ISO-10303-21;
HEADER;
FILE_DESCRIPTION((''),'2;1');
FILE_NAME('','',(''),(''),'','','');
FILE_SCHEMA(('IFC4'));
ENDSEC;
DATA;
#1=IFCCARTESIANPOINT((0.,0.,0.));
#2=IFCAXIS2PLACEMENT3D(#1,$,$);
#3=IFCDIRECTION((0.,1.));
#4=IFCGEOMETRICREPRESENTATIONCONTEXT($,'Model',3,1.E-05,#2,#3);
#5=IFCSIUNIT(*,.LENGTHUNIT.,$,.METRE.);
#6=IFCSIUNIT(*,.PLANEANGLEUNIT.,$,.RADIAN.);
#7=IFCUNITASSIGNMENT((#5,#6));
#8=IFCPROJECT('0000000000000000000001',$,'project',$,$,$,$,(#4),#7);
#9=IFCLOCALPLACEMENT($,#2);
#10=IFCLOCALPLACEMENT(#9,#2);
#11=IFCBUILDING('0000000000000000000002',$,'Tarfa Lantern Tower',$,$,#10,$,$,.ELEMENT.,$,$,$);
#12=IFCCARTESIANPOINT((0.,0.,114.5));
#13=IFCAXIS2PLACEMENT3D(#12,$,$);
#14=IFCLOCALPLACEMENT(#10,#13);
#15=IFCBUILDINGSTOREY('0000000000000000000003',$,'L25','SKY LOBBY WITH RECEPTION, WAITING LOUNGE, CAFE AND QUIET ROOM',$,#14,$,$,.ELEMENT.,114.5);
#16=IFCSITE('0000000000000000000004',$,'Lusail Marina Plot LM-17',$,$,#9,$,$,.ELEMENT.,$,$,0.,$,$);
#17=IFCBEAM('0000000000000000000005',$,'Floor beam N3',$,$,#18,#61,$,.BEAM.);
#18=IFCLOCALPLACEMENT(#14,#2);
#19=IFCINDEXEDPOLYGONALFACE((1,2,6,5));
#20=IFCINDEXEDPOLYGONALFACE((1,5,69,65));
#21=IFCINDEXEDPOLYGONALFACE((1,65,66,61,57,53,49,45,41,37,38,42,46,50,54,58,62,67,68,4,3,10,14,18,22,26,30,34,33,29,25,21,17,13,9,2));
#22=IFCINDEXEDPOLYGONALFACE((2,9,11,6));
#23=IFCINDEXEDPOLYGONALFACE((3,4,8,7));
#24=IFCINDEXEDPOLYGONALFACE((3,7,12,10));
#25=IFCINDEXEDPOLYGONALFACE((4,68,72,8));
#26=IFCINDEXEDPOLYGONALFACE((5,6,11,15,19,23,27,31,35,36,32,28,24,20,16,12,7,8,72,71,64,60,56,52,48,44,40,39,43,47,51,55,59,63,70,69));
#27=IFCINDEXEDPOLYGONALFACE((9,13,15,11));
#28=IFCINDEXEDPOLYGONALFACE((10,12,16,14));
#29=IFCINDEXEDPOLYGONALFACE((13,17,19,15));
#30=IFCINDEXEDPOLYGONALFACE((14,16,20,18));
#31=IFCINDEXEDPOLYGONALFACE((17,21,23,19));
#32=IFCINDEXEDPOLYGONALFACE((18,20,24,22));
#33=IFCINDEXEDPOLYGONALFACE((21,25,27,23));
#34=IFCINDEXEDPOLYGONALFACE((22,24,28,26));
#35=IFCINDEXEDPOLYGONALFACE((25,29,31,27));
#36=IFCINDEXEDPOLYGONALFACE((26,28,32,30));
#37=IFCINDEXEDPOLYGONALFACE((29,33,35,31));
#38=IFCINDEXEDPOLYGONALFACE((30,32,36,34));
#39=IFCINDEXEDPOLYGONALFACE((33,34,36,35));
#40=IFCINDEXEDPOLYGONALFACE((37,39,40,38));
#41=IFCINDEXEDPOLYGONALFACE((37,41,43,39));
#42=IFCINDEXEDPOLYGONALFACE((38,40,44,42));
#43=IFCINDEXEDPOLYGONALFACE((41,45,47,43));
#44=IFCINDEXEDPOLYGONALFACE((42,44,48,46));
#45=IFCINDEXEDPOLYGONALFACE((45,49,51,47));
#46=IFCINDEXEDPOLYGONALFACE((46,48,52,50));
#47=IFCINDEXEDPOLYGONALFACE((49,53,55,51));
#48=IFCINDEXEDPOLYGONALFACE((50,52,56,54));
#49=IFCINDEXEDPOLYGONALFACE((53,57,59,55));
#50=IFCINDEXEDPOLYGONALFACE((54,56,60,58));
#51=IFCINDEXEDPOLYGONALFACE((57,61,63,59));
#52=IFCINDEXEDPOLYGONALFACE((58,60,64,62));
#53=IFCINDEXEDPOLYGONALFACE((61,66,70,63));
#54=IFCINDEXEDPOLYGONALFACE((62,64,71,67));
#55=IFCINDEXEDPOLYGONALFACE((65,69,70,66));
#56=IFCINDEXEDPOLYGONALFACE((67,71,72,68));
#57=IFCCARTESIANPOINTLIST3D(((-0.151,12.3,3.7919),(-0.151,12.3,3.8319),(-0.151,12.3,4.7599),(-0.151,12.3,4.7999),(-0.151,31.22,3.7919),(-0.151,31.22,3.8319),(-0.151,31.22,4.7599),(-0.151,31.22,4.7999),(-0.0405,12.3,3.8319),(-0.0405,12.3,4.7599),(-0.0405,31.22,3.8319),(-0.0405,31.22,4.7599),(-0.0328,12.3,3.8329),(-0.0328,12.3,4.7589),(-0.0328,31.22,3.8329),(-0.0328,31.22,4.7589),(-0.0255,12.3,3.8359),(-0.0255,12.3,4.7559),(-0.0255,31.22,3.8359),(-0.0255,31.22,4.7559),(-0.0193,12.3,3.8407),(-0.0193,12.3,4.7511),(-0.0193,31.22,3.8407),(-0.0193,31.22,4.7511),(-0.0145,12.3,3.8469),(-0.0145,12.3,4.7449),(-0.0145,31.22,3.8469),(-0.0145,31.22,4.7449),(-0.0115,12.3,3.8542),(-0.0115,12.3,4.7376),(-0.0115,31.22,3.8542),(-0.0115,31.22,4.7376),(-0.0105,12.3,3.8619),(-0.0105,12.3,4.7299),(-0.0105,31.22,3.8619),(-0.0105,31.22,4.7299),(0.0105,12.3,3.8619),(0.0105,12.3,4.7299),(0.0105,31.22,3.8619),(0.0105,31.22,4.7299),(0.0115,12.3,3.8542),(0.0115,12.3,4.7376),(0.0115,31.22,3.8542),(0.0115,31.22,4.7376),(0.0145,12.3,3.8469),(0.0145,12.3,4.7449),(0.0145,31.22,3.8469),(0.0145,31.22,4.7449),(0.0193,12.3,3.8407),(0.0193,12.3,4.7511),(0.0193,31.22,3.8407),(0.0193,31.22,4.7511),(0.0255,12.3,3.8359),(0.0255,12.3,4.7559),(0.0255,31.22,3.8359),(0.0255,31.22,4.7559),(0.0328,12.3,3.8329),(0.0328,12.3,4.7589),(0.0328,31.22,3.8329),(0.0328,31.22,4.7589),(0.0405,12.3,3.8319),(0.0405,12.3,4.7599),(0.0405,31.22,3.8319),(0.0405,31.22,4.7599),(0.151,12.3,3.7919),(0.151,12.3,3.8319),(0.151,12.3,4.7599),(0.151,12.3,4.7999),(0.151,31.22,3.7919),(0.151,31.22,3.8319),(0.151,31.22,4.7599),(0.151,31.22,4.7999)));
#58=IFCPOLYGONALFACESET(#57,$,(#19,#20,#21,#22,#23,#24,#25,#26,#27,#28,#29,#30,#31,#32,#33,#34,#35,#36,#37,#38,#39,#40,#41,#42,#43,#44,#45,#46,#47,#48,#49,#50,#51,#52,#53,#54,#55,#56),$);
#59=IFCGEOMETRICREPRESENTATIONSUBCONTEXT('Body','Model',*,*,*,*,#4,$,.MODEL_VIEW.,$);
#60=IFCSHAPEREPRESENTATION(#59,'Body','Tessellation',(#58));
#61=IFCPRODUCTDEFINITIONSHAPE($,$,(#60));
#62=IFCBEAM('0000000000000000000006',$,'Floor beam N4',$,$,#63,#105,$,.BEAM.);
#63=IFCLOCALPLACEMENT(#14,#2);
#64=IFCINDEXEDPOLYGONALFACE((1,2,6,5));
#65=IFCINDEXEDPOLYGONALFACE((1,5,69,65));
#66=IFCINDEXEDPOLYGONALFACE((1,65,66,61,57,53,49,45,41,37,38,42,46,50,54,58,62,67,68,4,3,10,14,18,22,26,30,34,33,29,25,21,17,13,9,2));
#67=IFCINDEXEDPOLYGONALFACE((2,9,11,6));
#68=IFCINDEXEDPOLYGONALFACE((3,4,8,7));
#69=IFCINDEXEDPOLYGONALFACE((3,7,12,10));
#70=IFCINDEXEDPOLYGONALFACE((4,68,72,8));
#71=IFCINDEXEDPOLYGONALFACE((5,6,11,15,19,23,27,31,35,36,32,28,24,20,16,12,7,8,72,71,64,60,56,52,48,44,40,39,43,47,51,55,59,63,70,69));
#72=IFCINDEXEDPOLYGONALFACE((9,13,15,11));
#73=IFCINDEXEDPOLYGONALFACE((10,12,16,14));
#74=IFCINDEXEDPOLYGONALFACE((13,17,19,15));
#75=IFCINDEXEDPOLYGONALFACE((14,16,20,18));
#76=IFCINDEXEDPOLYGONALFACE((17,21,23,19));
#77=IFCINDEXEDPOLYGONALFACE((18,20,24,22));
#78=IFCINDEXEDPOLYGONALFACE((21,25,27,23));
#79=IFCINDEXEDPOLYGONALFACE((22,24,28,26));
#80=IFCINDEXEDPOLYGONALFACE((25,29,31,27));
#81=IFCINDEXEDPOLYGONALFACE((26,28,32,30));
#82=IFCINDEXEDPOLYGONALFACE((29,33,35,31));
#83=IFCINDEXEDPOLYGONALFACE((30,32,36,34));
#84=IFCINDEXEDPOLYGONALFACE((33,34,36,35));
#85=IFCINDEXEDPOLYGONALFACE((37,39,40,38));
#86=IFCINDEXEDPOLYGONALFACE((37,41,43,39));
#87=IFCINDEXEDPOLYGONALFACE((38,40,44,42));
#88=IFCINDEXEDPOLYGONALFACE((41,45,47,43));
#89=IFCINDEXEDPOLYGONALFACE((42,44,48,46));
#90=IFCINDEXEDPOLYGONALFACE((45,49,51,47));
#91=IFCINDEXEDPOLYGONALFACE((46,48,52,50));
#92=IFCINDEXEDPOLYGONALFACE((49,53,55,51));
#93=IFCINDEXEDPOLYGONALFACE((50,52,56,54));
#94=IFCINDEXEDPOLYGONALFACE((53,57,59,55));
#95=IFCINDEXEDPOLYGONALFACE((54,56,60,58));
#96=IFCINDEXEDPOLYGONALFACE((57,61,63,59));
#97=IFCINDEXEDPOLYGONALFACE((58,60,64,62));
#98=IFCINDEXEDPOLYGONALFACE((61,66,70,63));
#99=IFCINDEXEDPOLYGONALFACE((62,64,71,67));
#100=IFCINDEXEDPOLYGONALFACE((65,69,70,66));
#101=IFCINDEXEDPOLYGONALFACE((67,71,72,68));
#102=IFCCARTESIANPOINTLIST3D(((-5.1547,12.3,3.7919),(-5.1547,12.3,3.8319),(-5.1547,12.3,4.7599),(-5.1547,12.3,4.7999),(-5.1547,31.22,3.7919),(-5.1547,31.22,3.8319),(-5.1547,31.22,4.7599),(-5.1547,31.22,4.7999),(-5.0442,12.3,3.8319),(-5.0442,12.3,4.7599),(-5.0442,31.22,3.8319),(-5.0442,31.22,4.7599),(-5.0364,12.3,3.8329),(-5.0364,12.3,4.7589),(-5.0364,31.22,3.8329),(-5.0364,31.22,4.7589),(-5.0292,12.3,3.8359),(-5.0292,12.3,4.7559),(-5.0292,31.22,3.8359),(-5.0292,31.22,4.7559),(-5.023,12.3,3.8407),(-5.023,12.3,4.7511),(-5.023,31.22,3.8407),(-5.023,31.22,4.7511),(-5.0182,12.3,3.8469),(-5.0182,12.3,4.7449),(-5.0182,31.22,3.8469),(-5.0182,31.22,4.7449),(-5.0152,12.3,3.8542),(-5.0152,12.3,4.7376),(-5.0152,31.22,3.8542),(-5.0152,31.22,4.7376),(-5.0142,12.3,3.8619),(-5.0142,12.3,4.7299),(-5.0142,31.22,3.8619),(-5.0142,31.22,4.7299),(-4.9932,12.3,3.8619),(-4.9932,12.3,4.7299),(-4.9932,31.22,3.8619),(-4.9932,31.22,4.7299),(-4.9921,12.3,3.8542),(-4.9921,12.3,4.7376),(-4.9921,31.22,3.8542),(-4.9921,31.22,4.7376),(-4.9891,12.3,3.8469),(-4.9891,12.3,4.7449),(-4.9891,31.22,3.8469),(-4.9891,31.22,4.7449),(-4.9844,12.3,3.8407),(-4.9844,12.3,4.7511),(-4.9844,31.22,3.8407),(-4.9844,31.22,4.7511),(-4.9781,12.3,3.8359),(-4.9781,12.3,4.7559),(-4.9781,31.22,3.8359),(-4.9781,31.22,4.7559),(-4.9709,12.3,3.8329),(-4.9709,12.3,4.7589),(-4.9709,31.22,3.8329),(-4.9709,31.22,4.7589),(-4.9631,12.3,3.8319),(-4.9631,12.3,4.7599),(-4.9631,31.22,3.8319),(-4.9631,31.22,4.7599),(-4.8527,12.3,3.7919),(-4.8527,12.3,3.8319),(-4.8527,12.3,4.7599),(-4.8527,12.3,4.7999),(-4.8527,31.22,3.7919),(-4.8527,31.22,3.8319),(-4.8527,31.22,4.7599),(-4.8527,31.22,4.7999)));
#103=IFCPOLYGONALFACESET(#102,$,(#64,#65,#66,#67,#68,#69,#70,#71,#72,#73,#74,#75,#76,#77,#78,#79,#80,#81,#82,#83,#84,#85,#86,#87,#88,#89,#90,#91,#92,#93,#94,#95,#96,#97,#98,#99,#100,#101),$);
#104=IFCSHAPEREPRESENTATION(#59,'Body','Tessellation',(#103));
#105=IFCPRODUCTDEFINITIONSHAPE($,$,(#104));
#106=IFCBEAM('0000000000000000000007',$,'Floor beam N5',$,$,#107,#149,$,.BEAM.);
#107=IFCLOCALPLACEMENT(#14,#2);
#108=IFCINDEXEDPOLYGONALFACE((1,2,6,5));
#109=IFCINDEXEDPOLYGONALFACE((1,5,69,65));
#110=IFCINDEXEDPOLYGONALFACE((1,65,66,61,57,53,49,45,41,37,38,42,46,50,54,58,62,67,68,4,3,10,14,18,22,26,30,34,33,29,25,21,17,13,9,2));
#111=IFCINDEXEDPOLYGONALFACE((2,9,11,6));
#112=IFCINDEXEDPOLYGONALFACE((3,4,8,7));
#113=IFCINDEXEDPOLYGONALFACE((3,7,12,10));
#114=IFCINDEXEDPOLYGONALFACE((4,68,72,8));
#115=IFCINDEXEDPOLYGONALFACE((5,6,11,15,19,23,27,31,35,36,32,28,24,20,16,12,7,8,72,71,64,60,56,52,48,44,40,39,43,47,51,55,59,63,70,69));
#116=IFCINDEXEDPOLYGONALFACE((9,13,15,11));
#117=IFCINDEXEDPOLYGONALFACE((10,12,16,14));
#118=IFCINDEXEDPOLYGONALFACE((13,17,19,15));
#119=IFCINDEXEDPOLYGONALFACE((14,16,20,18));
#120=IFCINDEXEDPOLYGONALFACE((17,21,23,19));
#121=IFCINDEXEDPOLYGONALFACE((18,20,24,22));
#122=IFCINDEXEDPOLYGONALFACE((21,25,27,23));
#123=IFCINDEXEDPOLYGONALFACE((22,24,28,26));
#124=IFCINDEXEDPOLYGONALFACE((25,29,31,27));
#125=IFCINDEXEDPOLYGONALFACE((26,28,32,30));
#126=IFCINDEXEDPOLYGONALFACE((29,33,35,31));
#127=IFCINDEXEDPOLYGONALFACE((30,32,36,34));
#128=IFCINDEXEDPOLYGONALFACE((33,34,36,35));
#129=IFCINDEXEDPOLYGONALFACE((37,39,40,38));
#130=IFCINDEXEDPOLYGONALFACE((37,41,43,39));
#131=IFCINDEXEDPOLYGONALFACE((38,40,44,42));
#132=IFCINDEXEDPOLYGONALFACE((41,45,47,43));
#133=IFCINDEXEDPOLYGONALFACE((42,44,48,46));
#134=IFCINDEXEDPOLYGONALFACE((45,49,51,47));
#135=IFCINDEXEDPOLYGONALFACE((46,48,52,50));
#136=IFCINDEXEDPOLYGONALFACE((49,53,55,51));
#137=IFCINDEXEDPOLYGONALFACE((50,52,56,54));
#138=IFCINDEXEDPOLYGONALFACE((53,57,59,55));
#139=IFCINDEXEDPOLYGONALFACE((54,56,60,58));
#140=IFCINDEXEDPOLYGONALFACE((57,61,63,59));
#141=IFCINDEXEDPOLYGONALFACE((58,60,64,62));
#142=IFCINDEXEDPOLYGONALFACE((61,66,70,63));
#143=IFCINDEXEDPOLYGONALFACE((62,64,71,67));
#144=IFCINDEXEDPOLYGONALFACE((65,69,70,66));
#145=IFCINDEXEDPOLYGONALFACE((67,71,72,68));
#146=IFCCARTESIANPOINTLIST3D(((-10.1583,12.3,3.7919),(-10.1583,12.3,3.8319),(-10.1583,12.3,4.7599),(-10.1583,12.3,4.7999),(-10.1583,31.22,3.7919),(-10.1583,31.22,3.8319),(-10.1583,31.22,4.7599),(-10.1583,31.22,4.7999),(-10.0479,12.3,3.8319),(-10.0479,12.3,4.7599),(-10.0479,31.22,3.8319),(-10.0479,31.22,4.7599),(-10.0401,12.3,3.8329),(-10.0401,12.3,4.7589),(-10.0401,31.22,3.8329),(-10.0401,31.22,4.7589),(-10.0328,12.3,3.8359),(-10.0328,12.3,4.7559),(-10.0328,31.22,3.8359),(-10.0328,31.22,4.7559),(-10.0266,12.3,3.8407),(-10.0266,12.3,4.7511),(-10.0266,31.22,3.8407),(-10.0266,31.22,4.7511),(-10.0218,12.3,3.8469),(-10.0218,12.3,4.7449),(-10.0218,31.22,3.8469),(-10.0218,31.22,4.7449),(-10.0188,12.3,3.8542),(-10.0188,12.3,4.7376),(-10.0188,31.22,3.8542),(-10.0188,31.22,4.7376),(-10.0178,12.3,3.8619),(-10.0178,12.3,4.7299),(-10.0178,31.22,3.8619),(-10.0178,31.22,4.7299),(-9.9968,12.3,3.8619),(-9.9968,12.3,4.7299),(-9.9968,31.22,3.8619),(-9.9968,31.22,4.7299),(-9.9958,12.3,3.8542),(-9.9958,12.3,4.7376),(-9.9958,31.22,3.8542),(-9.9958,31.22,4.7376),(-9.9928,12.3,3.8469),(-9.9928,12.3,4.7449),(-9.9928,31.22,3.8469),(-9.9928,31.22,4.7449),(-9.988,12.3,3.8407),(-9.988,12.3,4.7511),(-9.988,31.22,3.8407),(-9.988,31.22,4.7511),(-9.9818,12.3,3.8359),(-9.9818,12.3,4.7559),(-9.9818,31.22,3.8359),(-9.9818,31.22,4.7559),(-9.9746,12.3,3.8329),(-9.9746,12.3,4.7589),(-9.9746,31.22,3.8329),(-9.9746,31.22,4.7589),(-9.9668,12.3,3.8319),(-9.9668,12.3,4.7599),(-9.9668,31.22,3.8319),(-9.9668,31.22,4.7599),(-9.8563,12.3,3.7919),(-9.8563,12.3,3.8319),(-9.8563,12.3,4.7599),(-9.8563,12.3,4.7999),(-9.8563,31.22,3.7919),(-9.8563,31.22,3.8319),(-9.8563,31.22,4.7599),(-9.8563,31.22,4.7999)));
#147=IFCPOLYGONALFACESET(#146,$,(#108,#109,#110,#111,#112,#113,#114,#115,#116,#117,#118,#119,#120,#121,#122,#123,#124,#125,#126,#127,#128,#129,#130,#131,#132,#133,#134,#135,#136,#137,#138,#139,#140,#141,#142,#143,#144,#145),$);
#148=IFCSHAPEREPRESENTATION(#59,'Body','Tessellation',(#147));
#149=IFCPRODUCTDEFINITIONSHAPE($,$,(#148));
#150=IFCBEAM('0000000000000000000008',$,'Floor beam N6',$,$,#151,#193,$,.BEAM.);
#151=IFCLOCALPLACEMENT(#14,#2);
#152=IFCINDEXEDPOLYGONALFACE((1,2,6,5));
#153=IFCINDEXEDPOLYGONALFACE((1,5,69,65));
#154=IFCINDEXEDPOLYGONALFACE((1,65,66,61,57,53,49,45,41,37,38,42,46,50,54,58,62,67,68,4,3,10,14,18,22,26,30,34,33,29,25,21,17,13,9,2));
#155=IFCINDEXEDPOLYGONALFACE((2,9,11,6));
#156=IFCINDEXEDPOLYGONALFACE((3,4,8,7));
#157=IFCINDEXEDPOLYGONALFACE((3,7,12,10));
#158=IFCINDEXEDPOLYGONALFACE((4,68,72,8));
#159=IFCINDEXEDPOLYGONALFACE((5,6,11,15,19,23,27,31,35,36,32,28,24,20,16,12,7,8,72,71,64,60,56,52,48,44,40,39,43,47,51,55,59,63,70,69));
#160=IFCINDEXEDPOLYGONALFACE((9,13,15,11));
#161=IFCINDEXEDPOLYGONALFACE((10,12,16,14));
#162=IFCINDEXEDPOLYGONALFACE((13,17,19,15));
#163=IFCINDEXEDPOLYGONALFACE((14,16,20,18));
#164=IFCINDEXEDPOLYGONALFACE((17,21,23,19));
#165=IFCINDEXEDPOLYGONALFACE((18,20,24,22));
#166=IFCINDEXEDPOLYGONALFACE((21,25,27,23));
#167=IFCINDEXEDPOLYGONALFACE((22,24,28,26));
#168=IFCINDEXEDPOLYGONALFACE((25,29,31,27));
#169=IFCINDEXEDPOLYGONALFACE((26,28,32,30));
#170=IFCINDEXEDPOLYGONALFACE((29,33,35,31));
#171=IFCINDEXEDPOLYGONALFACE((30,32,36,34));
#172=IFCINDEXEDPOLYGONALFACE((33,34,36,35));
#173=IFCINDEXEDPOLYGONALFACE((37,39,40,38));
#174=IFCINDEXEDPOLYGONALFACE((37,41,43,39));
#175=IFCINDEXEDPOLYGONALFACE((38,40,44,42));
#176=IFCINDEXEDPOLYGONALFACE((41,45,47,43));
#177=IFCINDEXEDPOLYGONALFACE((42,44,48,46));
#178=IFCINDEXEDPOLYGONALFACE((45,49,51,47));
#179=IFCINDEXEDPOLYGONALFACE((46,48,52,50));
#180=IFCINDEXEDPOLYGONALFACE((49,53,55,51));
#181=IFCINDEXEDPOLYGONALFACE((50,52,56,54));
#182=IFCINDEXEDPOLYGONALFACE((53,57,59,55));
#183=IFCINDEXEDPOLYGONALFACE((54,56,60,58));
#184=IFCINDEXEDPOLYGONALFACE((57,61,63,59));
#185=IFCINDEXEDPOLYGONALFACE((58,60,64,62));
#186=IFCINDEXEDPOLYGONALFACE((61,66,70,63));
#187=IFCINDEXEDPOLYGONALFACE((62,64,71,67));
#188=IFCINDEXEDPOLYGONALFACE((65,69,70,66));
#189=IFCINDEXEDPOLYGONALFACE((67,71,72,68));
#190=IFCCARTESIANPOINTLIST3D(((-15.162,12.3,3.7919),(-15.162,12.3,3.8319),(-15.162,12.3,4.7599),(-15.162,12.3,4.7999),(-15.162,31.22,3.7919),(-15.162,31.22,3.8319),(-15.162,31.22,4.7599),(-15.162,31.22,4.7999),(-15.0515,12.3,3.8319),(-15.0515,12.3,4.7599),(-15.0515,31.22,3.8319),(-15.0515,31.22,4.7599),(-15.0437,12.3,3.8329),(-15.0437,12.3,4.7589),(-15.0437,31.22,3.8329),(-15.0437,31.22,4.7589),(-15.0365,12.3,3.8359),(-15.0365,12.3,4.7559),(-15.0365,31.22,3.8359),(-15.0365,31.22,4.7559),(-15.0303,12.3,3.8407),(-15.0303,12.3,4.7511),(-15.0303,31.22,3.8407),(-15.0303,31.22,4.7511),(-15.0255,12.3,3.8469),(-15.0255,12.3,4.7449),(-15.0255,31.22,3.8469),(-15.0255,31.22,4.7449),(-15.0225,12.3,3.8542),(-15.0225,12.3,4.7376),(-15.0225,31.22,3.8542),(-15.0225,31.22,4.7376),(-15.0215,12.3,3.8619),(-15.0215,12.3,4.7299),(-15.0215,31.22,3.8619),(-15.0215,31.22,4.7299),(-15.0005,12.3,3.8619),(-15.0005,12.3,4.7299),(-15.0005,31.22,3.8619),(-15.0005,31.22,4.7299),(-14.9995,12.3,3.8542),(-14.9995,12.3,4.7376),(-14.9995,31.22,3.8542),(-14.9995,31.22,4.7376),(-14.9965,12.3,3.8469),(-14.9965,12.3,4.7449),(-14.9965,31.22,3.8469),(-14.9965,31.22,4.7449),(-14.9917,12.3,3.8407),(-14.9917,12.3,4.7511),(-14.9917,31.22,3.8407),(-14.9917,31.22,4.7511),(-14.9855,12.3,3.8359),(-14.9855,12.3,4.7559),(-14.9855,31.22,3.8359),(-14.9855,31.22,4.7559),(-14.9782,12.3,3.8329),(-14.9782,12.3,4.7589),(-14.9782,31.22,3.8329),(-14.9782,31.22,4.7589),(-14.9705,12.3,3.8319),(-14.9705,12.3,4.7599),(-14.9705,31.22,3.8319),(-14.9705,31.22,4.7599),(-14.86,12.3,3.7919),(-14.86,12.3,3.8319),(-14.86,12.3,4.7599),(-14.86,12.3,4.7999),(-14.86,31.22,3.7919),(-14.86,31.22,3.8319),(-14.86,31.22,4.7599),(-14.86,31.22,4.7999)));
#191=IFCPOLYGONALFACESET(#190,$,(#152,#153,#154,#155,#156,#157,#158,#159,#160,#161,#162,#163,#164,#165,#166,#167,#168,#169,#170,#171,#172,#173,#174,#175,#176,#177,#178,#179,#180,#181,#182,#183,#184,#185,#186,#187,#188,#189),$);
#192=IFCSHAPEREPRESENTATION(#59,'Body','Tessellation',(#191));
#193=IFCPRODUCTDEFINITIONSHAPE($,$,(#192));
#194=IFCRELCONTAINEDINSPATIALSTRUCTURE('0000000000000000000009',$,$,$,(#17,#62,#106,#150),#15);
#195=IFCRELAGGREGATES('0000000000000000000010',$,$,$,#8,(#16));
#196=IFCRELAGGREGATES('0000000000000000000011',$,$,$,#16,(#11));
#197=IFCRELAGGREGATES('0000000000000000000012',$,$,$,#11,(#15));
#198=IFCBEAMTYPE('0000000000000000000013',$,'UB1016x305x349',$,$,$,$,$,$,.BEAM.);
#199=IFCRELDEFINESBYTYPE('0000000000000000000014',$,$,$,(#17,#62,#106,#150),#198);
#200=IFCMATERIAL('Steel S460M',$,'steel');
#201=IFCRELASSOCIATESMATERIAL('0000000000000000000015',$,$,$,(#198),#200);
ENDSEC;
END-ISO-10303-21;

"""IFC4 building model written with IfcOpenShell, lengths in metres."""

from ifc_helpers import new_model, si_unit, direction, frame, origin, origin_2d, place, context, subcontext, project, spatial, i_section, extrude, material, material_profile, profile_set, type_object, element, save


model = new_model("IFC4")

# Units and contexts
model_context = context("Model", 3, precision=1e-05, world=origin(), true_north=direction((0.0, 1.0)))
body_context = subcontext(model_context, "Body", "Model", "MODEL_VIEW")
ifc_project = project(units=[si_unit("LENGTHUNIT", "METRE"), si_unit("PLANEANGLEUNIT", "RADIAN")], contexts=[model_context])

# Site, building, storey
site_placement = place(None, origin())
site = spatial("IfcSite", under=ifc_project, at=site_placement, Name="Lusail Marina Plot LM-17", CompositionType="ELEMENT", RefElevation=0.0)
building_placement = place(site_placement, origin())
building = spatial("IfcBuilding", under=site, at=building_placement, Name="Tarfa Lantern Tower", CompositionType="ELEMENT")
storey_placement = place(building_placement, frame((0.0, 0.0, 114.5)))
storey = spatial("IfcBuildingStorey", under=building, at=storey_placement, Name="L25", Description="SKY LOBBY WITH RECEPTION, WAITING LOUNGE, CAFE AND QUIET ROOM", CompositionType="ELEMENT", Elevation=114.5)

# Beams
ifc_material_1 = material(Name="Steel S460M", Category="steel")
ifc_material_profile_1 = material_profile(ifc_material_1, i_section(OverallWidth=0.302, OverallDepth=1.0081, WebThickness=0.021, FlangeThickness=0.04, FilletRadius=0.03, at=origin_2d()), Name="UB1016x305x349")
ifc_profile_set_1 = profile_set([ifc_material_profile_1], Name="Steel S460M")
beam_type_1 = type_object("IfcBeamType", Name="UB1016x305x349", PredefinedType="BEAM", material=ifc_profile_set_1)
for number, where, z_axis, x_axis, name in (
    (1, (0.0, 31.22, 4.2959), (0.0, -1.0, 0.0), (1.0, 0.0, 0.0), "Floor beam N3"),
    (2, (-5.0037, 31.22, 4.2959), (0.0, -1.0, 0.0), (1.0, 0.0, 0.0), "Floor beam N4"),
    (3, (-10.0073, 31.22, 4.2959), (0.0, -1.0, 0.0), (1.0, 0.0, 0.0), "Floor beam N5"),
    (4, (-15.011, 31.22, 4.2959), (0.0, -1.0, 0.0), (1.0, 0.0, 0.0), "Floor beam N6"),
):
    element("IfcBeam", number, at=place(storey_placement, frame(where, z_axis=z_axis, x_axis=x_axis)), inside=storey, type_object=beam_type_1, Name=name, PredefinedType="BEAM", context=body_context, shape_type="SweptSolid", body=[
        extrude(i_section(OverallWidth=0.302, OverallDepth=1.0081, WebThickness=0.021, FlangeThickness=0.04, FilletRadius=0.03, at=origin_2d()), origin(), (0.0, 0.0, 1.0), 18.9199),
    ])

save(model, "model.ifc")
